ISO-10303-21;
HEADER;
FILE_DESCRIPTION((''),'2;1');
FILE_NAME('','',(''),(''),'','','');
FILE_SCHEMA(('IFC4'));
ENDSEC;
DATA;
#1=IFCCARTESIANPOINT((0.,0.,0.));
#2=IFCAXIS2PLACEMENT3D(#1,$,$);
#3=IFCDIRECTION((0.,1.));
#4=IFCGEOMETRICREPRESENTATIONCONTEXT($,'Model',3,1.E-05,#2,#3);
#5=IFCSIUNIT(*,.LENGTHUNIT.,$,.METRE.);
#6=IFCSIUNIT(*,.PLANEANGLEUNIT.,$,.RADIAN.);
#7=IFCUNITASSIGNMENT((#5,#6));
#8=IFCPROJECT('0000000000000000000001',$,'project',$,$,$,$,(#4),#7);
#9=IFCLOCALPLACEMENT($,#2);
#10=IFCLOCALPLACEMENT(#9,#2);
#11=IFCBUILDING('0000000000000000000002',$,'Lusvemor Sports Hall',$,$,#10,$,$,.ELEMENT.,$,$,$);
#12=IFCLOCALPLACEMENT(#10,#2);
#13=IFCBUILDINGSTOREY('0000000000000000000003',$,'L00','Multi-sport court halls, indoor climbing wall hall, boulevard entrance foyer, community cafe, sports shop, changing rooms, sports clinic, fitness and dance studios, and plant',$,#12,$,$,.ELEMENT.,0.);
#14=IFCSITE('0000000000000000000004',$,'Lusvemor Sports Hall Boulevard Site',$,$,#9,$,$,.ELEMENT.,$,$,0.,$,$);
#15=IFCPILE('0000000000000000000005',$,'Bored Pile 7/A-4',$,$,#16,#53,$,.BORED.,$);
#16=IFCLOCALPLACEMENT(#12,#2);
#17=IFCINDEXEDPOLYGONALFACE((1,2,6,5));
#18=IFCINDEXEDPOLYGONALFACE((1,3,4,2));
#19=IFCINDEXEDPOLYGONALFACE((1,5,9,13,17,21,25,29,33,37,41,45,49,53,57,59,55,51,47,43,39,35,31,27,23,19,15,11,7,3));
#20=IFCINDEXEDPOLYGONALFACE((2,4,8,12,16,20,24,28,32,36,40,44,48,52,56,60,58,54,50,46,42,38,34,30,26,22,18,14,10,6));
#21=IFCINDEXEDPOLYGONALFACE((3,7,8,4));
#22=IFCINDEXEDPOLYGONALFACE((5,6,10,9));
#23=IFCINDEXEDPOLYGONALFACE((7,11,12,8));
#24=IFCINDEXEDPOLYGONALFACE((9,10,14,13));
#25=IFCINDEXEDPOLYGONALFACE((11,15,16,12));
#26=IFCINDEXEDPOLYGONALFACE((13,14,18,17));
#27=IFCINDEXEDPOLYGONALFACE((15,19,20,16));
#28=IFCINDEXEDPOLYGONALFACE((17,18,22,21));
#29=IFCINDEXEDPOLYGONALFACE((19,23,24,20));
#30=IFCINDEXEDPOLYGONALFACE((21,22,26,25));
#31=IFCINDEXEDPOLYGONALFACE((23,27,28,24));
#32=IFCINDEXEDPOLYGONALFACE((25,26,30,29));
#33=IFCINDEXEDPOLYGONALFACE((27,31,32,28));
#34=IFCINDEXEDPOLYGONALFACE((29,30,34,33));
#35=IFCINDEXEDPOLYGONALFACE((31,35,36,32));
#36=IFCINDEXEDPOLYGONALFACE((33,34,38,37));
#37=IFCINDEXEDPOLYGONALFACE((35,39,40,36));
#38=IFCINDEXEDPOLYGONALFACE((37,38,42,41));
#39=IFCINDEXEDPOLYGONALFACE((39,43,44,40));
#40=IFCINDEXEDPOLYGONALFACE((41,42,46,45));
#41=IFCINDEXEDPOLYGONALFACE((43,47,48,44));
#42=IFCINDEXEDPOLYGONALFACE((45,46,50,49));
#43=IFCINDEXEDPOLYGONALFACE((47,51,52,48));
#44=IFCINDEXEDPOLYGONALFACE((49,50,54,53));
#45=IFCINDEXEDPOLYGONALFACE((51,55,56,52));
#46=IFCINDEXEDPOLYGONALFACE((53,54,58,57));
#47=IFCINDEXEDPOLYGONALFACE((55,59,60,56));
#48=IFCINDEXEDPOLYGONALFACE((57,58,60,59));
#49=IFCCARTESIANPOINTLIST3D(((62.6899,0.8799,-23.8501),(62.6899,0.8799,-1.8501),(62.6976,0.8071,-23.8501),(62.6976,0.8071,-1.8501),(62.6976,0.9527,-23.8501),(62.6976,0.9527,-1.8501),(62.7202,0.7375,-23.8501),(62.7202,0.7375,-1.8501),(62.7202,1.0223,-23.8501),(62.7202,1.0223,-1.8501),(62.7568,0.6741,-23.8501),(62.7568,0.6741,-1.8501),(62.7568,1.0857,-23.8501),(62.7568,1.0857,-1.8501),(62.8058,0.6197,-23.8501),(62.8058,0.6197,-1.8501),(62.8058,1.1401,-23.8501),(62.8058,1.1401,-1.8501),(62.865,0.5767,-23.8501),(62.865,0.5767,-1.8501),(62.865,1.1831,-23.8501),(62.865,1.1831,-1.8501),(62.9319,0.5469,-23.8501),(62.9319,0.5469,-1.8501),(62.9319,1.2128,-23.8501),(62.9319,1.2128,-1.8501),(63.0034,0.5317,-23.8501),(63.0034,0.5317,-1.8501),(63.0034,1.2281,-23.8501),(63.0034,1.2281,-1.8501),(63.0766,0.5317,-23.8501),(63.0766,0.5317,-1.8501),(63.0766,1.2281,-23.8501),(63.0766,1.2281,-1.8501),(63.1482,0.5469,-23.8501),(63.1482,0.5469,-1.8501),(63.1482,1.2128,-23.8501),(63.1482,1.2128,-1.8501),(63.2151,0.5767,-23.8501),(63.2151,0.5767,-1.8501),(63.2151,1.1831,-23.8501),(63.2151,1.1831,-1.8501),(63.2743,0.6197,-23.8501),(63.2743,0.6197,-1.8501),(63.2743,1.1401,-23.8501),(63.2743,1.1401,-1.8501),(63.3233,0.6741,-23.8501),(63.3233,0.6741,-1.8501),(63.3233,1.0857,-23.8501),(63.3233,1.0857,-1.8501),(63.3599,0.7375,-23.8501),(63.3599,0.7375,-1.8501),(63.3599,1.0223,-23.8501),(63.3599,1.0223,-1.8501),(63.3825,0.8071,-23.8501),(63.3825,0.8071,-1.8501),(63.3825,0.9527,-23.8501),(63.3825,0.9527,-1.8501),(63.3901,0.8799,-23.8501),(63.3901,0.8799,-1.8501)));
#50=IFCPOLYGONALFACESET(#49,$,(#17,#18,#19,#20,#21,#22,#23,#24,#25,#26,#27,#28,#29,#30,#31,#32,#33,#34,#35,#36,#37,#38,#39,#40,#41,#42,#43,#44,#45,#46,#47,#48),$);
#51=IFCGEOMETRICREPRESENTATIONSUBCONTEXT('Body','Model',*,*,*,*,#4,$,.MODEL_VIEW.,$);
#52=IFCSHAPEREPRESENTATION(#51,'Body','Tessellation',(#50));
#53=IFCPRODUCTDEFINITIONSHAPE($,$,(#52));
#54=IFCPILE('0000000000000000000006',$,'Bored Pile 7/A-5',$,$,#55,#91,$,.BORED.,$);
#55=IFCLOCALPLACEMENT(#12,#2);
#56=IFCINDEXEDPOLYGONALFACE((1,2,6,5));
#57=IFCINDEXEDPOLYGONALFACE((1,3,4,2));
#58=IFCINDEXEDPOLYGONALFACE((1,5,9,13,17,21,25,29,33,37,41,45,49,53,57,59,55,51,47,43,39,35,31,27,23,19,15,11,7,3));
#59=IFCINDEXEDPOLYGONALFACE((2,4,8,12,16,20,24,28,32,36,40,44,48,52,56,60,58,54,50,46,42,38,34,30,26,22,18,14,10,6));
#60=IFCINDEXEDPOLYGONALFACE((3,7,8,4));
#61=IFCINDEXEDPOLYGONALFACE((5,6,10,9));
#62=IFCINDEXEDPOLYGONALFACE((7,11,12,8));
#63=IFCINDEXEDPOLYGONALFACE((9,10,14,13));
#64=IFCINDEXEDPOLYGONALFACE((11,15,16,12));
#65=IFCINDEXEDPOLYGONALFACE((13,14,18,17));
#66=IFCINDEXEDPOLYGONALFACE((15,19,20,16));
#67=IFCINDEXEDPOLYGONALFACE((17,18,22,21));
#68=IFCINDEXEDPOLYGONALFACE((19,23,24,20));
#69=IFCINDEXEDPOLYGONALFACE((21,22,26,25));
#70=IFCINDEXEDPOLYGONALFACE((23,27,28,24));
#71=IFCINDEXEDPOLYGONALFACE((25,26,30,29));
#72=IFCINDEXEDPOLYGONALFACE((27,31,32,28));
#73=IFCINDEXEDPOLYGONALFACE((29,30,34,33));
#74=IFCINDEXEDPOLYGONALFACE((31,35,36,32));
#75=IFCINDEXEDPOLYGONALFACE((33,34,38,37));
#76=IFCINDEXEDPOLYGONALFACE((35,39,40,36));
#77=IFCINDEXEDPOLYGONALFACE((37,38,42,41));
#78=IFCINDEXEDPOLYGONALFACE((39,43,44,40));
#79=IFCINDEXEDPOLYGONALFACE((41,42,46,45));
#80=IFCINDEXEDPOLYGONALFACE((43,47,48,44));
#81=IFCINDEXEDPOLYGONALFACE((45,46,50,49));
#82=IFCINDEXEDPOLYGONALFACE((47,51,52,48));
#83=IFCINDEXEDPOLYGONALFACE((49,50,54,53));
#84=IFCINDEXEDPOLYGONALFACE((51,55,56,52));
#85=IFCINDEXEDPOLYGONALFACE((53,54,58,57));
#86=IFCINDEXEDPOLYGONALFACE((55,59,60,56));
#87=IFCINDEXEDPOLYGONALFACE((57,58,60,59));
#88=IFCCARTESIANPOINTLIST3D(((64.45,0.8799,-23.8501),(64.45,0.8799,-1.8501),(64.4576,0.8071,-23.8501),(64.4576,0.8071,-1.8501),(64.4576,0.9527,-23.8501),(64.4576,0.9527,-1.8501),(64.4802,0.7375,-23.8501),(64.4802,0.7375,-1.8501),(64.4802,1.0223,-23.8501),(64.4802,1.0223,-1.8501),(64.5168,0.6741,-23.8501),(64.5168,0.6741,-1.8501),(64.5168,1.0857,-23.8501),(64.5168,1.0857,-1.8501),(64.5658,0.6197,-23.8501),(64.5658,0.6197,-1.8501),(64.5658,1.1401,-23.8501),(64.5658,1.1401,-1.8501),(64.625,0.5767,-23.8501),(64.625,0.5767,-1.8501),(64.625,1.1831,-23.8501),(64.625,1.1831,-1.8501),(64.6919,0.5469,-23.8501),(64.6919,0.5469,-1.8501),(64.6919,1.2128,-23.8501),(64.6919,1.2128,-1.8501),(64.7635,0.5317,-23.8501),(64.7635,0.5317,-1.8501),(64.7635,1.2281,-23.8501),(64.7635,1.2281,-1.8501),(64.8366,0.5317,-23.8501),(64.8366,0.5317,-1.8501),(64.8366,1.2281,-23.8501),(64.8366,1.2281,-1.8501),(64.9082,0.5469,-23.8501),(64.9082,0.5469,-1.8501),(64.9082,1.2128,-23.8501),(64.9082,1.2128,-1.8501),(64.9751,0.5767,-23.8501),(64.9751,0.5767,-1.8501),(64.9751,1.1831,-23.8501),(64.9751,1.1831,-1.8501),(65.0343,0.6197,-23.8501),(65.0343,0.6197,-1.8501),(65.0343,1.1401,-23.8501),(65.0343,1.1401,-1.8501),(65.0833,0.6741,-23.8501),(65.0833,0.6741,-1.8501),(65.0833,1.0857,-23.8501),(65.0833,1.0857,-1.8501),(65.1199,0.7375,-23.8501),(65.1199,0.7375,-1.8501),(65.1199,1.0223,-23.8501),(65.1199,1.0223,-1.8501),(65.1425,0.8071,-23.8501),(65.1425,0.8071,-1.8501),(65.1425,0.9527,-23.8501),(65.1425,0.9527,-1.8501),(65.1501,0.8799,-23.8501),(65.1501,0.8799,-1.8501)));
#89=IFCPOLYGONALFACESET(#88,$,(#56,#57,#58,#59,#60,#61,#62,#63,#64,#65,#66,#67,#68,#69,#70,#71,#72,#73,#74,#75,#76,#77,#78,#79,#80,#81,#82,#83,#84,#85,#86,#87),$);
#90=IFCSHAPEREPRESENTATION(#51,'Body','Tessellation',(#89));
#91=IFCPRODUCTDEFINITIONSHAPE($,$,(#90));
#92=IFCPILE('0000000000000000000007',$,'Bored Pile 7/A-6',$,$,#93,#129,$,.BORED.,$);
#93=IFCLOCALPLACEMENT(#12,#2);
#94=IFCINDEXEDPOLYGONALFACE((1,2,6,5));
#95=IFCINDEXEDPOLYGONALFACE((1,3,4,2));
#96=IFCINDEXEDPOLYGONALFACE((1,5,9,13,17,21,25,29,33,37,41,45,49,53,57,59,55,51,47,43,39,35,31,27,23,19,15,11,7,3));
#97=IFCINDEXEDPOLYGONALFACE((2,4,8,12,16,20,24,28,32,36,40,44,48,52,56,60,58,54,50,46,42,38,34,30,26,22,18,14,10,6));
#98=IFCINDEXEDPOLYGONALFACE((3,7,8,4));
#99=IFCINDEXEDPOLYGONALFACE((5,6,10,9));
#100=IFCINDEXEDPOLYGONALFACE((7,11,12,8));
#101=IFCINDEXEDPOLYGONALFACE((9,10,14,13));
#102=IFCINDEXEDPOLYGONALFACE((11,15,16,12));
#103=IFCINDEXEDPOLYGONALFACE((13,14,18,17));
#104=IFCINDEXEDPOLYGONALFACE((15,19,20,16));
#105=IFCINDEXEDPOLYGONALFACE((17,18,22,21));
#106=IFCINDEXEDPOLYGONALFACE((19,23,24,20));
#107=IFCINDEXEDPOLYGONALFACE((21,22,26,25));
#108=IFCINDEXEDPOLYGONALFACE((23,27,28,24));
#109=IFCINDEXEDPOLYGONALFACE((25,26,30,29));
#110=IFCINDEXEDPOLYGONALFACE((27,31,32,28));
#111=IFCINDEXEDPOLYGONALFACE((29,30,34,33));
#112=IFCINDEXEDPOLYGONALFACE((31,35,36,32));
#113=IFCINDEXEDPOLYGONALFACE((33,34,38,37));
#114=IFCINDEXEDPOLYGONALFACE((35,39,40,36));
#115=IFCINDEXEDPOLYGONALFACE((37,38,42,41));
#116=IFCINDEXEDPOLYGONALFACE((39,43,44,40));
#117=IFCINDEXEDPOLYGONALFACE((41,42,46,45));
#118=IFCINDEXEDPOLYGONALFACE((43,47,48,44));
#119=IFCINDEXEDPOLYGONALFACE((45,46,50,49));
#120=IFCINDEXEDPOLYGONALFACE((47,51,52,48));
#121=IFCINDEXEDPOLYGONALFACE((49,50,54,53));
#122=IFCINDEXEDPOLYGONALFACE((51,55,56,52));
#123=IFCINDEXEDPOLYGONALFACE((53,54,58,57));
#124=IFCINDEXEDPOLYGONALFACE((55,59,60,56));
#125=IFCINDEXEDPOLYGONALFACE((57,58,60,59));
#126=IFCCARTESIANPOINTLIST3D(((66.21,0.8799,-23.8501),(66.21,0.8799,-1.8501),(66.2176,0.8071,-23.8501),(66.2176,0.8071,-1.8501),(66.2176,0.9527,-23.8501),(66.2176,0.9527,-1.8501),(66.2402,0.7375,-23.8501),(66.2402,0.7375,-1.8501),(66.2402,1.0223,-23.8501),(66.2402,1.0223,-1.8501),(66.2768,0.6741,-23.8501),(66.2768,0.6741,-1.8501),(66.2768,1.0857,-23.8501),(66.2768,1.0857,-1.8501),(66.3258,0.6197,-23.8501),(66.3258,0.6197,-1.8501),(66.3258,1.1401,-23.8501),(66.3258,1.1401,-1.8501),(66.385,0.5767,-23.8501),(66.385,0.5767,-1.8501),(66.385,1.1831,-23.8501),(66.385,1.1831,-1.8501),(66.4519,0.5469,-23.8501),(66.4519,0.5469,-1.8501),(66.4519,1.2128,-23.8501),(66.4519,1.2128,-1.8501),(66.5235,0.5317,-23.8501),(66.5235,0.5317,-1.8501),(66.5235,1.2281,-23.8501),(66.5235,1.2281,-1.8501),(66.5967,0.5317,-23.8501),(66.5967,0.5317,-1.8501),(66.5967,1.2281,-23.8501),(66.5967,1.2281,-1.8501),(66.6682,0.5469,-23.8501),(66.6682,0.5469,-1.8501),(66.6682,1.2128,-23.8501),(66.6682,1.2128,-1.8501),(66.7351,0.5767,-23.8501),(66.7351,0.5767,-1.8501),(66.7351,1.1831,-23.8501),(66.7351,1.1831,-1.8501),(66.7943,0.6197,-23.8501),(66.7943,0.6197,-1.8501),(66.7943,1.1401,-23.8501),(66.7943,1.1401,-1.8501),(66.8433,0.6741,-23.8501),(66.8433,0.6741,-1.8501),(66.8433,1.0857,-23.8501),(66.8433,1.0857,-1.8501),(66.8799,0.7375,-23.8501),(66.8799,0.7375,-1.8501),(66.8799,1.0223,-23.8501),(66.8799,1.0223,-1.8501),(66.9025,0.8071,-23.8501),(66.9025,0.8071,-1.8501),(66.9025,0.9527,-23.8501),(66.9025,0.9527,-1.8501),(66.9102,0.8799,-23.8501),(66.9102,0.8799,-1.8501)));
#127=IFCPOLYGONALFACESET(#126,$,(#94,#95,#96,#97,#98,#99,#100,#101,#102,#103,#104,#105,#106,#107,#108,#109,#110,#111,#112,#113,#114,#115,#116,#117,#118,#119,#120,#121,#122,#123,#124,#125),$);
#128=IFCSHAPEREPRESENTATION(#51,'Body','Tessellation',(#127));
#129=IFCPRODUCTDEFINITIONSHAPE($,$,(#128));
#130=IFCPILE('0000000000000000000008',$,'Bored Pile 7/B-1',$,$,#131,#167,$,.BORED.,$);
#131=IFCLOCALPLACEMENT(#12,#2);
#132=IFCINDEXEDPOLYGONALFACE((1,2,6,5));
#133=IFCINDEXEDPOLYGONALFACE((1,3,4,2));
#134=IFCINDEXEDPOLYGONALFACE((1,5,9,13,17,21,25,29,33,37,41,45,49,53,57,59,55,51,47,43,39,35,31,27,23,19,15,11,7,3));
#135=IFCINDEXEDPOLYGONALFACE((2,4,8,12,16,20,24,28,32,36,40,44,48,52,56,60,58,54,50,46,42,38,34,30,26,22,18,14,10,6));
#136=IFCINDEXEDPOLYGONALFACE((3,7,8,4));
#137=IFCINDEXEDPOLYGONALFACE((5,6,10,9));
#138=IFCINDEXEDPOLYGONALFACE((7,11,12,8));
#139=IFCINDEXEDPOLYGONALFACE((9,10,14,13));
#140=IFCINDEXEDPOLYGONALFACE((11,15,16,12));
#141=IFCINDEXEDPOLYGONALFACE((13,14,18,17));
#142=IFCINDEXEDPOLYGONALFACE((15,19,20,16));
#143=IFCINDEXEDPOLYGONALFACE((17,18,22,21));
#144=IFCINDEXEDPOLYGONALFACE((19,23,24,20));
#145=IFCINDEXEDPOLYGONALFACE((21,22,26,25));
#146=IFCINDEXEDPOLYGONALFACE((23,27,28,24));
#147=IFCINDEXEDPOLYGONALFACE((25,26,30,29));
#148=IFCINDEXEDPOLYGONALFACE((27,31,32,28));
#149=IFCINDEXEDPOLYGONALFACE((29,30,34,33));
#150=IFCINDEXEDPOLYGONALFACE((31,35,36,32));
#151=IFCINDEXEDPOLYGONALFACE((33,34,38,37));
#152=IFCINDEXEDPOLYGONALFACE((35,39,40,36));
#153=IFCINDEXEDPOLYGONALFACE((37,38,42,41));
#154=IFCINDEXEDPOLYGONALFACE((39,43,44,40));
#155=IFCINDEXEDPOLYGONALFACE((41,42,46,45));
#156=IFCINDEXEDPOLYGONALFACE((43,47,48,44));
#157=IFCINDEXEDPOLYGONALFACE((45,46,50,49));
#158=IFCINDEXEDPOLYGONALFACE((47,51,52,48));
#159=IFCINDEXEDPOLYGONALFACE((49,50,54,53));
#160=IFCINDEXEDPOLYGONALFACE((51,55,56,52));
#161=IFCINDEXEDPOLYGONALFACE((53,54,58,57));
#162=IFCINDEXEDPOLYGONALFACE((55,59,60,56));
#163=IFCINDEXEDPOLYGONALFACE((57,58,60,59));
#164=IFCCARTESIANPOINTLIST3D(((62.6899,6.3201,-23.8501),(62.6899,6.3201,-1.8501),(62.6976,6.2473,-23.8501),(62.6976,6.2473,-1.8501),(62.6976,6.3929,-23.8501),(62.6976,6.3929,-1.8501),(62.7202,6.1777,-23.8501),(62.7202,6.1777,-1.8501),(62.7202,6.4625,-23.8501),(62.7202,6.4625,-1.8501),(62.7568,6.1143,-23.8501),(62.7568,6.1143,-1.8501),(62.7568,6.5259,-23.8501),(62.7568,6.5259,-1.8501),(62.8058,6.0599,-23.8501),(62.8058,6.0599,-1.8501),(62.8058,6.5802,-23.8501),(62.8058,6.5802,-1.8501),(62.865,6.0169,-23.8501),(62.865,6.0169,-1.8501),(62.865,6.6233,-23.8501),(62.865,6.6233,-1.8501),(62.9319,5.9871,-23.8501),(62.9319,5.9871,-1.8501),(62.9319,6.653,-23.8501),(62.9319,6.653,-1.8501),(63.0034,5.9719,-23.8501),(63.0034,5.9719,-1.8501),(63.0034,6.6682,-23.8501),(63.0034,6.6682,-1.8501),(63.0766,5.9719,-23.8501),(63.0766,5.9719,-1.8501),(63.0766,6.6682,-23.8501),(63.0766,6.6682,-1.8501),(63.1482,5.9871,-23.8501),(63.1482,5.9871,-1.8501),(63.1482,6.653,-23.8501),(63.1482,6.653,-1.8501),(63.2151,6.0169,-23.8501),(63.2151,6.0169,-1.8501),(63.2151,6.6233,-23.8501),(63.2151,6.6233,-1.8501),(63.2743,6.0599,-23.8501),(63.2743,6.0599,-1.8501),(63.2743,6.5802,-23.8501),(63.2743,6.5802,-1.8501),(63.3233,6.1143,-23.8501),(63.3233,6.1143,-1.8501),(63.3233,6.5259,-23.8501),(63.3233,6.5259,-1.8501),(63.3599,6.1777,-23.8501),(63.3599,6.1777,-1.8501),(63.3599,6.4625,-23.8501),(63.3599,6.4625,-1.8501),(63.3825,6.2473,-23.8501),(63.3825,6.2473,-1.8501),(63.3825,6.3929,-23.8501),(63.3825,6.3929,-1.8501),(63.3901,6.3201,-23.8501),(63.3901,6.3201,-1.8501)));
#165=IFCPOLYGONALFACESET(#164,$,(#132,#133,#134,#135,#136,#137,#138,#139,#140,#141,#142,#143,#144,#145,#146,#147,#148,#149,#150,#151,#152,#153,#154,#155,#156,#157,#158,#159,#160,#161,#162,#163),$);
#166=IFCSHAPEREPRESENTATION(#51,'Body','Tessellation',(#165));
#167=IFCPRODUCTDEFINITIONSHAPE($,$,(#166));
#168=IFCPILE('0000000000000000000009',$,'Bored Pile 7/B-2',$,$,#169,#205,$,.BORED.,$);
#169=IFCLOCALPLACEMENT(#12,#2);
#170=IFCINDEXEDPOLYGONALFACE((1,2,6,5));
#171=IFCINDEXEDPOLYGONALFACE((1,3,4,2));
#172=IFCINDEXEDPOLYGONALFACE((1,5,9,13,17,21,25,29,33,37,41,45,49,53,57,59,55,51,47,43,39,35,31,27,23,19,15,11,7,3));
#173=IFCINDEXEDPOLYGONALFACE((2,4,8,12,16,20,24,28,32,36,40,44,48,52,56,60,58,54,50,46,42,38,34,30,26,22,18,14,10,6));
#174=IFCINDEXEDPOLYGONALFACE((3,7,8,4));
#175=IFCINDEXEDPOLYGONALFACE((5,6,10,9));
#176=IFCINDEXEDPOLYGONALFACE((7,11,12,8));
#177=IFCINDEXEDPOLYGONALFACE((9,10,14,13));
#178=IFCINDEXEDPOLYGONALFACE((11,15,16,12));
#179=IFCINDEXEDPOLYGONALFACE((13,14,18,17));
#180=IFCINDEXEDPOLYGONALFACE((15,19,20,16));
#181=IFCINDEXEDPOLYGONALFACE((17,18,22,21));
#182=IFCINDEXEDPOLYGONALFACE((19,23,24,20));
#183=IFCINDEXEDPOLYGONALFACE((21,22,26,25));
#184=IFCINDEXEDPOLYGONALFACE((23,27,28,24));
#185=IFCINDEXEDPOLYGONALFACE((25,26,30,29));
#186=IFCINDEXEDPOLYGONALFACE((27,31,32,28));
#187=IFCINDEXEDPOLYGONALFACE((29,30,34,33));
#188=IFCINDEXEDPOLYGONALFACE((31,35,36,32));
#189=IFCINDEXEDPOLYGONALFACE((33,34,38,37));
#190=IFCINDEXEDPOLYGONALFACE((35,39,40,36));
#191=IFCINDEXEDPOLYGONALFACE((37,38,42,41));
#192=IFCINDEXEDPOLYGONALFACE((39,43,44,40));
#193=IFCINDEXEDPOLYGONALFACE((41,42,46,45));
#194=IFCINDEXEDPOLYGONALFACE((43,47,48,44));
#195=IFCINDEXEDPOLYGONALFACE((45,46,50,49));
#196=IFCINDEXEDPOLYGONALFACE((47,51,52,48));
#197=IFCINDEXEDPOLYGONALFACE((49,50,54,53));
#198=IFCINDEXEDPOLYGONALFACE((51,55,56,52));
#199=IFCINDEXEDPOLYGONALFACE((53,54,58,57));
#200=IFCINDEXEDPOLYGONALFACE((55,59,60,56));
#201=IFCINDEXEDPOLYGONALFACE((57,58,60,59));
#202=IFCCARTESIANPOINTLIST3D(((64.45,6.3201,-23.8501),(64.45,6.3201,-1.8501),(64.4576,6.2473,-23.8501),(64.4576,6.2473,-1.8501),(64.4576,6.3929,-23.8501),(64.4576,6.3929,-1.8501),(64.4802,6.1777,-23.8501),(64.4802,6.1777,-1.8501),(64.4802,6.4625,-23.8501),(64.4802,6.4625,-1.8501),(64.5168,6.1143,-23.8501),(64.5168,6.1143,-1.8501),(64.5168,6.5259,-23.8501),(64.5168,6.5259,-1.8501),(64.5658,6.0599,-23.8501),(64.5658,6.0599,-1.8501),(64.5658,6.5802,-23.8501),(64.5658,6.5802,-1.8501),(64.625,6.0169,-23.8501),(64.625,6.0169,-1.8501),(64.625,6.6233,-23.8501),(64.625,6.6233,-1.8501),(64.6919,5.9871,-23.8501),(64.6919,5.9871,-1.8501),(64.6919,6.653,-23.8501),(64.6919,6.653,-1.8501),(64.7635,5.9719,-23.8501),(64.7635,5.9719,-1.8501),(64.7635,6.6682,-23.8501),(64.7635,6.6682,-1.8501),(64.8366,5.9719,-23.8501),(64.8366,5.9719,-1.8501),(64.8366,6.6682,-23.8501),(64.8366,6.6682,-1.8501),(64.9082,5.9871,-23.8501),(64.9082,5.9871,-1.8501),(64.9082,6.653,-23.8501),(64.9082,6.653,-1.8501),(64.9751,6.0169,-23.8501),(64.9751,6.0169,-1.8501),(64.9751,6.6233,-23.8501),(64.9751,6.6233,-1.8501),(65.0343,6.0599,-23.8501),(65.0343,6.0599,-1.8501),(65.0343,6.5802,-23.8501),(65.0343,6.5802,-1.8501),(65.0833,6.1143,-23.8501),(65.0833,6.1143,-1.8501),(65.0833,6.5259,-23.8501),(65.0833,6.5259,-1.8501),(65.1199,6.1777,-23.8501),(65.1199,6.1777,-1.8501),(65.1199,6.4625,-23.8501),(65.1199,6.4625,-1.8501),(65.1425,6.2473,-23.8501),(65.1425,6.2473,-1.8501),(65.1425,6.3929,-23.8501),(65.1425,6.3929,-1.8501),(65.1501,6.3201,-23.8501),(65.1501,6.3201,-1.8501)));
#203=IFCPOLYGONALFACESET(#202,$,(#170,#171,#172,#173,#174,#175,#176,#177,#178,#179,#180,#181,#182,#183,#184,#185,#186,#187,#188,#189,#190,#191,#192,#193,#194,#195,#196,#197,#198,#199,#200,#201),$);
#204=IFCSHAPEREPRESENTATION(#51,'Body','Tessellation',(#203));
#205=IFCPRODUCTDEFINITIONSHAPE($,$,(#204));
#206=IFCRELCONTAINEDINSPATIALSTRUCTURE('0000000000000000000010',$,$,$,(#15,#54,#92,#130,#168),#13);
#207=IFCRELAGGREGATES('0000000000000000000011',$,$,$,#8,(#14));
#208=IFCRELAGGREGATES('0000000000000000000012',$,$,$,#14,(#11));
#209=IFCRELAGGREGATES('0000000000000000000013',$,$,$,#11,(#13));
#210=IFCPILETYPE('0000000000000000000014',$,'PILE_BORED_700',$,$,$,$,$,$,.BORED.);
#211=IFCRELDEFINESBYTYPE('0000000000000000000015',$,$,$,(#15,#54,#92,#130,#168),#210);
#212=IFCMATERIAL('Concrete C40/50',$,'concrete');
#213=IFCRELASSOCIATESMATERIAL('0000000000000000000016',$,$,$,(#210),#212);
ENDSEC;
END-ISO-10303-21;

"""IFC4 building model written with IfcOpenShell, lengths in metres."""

from ifc_helpers import new_model, si_unit, direction, frame, origin, origin_2d, place, context, subcontext, project, spatial, circle, extrude, material, material_profile, profile_set, type_object, element, save


model = new_model("IFC4")

# Units and contexts
model_context = context("Model", 3, precision=1e-05, world=origin(), true_north=direction((0.0, 1.0)))
body_context = subcontext(model_context, "Body", "Model", "MODEL_VIEW")
ifc_project = project(units=[si_unit("LENGTHUNIT", "METRE"), si_unit("PLANEANGLEUNIT", "RADIAN")], contexts=[model_context])

# Site, building, storey
site_placement = place(None, origin())
site = spatial("IfcSite", under=ifc_project, at=site_placement, Name="Lusvemor Sports Hall Boulevard Site", CompositionType="ELEMENT", RefElevation=0.0)
building_placement = place(site_placement, origin())
building = spatial("IfcBuilding", under=site, at=building_placement, Name="Lusvemor Sports Hall", CompositionType="ELEMENT")
storey_placement = place(building_placement, origin())
storey = spatial("IfcBuildingStorey", under=building, at=storey_placement, Name="L00", Description="Multi-sport court halls, indoor climbing wall hall, boulevard entrance foyer, community cafe, sports shop, changing rooms, sports clinic, fitness and dance studios, and plant", CompositionType="ELEMENT", Elevation=0.0)

# Piles
ifc_material_1 = material(Name="Concrete C40/50", Category="concrete")
ifc_material_profile_1 = material_profile(ifc_material_1, circle(Radius=0.3501, at=origin_2d()), Name="PILE700")
ifc_profile_set_1 = profile_set([ifc_material_profile_1], Name="Concrete C40/50")
pile_type = type_object("IfcPileType", Name="PILE_BORED_700", PredefinedType="BORED", material=ifc_profile_set_1)
for number, where, z_axis, x_axis, name in (
    (1, (63.04, 0.8799, -1.8501), (0.0, 0.0, -1.0), (1.0, 0.0, 0.0), "Bored Pile 7/A-4"),
    (2, (64.8, 0.8799, -1.8501), (0.0, 0.0, -1.0), (1.0, 0.0, 0.0), "Bored Pile 7/A-5"),
    (3, (66.5601, 0.8799, -1.8501), (0.0, 0.0, -1.0), (1.0, 0.0, 0.0), "Bored Pile 7/A-6"),
    (4, (63.04, 6.3201, -1.8501), (0.0, 0.0, -1.0), (1.0, 0.0, 0.0), "Bored Pile 7/B-1"),
    (5, (64.8, 6.3201, -1.8501), (0.0, 0.0, -1.0), (1.0, 0.0, 0.0), "Bored Pile 7/B-2"),
):
    element("IfcPile", number, at=place(storey_placement, frame(where, z_axis=z_axis, x_axis=x_axis)), inside=storey, type_object=pile_type, Name=name, PredefinedType="BORED", context=body_context, shape_type="SweptSolid", body=[
        extrude(circle(Radius=0.3501, at=origin_2d()), origin(), (0.0, 0.0, 1.0), 22.0),
    ])

save(model, "model.ifc")
